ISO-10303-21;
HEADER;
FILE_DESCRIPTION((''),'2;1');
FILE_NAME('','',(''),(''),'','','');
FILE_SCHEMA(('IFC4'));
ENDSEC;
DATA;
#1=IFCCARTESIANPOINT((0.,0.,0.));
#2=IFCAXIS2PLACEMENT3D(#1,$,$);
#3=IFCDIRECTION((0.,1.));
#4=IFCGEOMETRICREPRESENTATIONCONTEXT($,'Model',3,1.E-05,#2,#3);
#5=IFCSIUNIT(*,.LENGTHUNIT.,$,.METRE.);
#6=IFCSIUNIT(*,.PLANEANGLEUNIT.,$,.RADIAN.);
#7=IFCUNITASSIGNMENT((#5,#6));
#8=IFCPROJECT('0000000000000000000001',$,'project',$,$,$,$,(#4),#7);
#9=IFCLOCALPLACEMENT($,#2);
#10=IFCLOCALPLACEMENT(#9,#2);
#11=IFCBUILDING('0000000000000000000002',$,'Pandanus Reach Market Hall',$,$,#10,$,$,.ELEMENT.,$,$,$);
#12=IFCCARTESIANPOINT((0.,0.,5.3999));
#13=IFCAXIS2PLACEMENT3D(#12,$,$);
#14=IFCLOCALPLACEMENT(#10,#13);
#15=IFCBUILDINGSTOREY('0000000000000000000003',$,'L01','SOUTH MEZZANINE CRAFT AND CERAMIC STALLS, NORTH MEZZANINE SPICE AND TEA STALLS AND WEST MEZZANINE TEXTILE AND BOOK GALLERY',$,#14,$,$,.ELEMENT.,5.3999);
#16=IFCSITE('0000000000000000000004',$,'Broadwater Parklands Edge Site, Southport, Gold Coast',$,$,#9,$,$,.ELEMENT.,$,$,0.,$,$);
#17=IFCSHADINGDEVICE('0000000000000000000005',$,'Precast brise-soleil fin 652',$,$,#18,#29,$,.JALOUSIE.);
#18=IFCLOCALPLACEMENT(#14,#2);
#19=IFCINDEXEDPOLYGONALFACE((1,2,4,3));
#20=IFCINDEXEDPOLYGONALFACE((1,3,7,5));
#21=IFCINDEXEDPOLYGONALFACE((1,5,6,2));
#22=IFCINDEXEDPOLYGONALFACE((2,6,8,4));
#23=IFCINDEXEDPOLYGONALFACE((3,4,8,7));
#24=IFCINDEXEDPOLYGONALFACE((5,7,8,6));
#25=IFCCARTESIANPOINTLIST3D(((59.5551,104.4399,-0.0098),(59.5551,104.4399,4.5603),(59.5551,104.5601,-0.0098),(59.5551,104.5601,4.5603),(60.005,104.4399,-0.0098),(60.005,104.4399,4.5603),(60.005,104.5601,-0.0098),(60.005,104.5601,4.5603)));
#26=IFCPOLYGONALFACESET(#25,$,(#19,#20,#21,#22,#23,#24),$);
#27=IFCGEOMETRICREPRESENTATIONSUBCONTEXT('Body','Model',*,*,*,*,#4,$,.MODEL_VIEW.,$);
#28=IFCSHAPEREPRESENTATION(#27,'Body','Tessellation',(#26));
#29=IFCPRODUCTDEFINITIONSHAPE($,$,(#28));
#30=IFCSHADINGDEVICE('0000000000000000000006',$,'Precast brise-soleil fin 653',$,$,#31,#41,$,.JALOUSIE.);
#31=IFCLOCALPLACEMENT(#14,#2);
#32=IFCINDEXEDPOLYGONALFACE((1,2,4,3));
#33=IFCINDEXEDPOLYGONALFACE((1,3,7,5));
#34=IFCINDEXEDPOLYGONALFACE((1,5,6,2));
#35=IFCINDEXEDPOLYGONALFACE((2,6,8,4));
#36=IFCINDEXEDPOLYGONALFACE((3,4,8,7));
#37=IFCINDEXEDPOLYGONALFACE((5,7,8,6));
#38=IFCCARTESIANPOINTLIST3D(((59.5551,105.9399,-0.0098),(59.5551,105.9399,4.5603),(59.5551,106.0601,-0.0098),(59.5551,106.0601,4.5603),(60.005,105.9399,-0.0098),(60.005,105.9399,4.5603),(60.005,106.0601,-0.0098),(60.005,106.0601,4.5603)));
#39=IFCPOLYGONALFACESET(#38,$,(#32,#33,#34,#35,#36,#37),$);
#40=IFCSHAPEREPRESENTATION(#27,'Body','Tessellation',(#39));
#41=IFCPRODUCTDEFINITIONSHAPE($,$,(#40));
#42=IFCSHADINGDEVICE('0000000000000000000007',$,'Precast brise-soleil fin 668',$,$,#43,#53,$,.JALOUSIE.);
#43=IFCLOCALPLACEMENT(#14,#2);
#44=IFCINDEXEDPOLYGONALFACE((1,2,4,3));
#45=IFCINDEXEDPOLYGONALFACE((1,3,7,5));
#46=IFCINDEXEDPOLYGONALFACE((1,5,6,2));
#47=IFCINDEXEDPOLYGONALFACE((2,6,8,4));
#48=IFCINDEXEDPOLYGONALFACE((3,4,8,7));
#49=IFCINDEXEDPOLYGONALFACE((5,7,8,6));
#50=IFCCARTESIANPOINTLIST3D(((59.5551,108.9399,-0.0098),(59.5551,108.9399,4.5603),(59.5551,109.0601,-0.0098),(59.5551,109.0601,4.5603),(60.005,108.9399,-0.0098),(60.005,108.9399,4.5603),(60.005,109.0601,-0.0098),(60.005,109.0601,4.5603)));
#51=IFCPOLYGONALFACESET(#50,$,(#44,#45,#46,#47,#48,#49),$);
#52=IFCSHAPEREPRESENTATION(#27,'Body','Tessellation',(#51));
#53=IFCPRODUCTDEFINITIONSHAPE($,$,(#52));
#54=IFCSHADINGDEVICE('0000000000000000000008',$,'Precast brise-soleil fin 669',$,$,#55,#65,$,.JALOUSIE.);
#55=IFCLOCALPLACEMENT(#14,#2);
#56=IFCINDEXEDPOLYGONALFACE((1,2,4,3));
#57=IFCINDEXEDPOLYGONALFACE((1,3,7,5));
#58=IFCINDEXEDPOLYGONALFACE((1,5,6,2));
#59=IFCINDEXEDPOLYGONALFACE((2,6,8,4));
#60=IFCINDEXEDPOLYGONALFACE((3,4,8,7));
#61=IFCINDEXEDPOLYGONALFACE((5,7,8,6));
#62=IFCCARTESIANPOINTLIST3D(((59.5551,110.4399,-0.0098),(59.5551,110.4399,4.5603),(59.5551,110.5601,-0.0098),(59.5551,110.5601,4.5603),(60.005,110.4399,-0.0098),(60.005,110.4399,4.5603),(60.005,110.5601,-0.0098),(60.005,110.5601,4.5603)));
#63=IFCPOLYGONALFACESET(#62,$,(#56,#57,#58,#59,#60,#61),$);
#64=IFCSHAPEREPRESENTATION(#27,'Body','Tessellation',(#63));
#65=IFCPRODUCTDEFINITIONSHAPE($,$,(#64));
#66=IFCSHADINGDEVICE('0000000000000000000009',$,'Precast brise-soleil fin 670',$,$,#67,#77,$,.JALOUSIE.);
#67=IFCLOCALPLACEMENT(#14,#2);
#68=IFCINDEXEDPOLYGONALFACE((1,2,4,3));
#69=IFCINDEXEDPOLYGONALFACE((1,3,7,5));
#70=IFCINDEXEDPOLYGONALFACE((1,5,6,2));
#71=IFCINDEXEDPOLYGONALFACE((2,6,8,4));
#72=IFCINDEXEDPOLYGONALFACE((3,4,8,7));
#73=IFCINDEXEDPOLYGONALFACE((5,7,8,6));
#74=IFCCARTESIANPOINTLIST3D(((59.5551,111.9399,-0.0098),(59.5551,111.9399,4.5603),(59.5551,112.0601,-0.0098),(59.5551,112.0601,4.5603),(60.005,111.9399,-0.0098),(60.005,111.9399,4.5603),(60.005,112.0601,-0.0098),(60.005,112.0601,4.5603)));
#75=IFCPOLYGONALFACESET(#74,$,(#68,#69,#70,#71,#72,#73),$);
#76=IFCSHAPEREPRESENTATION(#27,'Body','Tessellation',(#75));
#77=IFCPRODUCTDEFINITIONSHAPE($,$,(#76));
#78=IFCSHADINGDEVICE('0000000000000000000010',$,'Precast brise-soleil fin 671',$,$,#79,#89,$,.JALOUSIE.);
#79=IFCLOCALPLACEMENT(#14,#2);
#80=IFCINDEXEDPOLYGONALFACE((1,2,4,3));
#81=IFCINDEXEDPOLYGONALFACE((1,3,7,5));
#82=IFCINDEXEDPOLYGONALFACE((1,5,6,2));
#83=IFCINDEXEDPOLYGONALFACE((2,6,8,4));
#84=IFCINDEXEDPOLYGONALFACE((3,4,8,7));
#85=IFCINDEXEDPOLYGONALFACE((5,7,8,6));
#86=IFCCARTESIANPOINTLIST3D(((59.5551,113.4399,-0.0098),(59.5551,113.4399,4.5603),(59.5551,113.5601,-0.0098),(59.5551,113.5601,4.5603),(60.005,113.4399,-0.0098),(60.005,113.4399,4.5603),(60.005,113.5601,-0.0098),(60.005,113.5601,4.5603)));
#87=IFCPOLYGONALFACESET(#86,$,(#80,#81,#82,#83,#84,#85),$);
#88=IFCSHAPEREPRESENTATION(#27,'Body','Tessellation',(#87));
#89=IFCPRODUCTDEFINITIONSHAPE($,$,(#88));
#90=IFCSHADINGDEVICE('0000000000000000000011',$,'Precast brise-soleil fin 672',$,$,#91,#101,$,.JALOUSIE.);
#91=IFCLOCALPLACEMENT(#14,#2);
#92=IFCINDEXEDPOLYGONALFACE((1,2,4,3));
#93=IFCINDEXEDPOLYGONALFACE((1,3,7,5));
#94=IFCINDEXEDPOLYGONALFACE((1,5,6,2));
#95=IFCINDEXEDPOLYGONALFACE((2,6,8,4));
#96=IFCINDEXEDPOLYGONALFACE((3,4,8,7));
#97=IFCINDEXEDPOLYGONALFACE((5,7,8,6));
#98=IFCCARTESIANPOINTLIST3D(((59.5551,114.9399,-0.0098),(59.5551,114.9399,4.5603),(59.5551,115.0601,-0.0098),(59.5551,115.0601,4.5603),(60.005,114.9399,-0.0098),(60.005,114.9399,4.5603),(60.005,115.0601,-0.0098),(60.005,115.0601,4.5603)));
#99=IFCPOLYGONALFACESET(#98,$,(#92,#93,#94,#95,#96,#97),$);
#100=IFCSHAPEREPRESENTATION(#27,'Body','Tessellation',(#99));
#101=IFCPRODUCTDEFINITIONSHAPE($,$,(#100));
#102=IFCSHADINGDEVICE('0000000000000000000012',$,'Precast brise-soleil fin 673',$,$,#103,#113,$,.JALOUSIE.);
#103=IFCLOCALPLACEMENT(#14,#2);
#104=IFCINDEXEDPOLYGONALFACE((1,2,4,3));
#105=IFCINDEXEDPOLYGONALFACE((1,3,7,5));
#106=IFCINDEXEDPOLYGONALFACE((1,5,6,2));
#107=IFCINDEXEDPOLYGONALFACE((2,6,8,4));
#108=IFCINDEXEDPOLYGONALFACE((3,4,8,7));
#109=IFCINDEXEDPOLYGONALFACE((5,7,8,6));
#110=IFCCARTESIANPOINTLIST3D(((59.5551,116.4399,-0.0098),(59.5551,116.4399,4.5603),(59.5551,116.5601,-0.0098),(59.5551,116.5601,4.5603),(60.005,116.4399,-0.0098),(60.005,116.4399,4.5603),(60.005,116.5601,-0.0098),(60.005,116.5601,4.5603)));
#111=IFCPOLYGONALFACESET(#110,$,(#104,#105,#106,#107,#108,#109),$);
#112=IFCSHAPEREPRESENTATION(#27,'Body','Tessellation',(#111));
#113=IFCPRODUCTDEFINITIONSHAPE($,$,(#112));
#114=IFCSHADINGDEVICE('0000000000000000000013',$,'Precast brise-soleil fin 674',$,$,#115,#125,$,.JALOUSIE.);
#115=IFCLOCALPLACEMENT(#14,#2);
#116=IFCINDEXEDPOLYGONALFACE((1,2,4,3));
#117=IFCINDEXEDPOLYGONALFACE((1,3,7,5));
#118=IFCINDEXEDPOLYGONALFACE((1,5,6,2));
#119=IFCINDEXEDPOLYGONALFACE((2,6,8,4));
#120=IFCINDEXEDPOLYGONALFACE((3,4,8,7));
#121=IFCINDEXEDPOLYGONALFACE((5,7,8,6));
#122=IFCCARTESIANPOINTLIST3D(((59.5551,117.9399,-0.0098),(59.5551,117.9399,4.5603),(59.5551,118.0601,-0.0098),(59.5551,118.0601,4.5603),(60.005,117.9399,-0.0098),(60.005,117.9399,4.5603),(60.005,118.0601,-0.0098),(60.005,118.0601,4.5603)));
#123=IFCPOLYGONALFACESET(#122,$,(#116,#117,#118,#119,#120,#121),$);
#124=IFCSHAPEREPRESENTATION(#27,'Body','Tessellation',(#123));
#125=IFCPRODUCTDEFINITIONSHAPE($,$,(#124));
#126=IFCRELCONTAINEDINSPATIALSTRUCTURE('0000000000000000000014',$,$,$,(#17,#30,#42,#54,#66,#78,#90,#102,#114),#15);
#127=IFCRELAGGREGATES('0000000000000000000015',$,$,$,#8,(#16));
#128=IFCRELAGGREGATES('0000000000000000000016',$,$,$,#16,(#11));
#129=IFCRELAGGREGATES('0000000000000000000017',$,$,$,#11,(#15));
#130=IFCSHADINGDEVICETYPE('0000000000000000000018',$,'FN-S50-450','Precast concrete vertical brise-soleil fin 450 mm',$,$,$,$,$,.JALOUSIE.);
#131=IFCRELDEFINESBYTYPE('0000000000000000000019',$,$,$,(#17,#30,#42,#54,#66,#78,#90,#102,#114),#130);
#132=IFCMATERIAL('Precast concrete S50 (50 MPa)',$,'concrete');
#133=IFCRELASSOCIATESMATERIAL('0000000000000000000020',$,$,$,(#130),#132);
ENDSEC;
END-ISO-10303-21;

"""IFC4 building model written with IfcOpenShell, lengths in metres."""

from ifc_helpers import new_model, si_unit, direction, frame, origin, origin_2d, place, context, subcontext, project, spatial, rectangle, extrude, material, type_object, element, save


model = new_model("IFC4")

# Units and contexts
model_context = context("Model", 3, precision=1e-05, world=origin(), true_north=direction((0.0, 1.0)))
body_context = subcontext(model_context, "Body", "Model", "MODEL_VIEW")
ifc_project = project(units=[si_unit("LENGTHUNIT", "METRE"), si_unit("PLANEANGLEUNIT", "RADIAN")], contexts=[model_context])

# Site, building, storey
site_placement = place(None, origin())
site = spatial("IfcSite", under=ifc_project, at=site_placement, Name="Broadwater Parklands Edge Site, Southport, Gold Coast", CompositionType="ELEMENT", RefElevation=0.0)
building_placement = place(site_placement, origin())
building = spatial("IfcBuilding", under=site, at=building_placement, Name="Pandanus Reach Market Hall", CompositionType="ELEMENT")
storey_placement = place(building_placement, frame((0.0, 0.0, 5.3999)))
storey = spatial("IfcBuildingStorey", under=building, at=storey_placement, Name="L01", Description="SOUTH MEZZANINE CRAFT AND CERAMIC STALLS, NORTH MEZZANINE SPICE AND TEA STALLS AND WEST MEZZANINE TEXTILE AND BOOK GALLERY", CompositionType="ELEMENT", Elevation=5.3999)

# Shading devices
ifc_material_1 = material(Name="Precast concrete S50 (50 MPa)", Category="concrete")
shading_device_type = type_object("IfcShadingDeviceType", Name="FN-S50-450", Description="Precast concrete vertical brise-soleil fin 450 mm", PredefinedType="JALOUSIE", material=ifc_material_1)
for number, where, z_axis, x_axis, name in (
    (1, (59.78, 104.5, -0.0098), (0.0, 0.0, 1.0), (-1.0, 0.0, 0.0), "Precast brise-soleil fin 652"),
    (2, (59.78, 106.0, -0.0098), (0.0, 0.0, 1.0), (-1.0, 0.0, 0.0), "Precast brise-soleil fin 653"),
    (3, (59.78, 109.0, -0.0098), (0.0, 0.0, 1.0), (-1.0, 0.0, 0.0), "Precast brise-soleil fin 668"),
    (4, (59.78, 110.5, -0.0098), (0.0, 0.0, 1.0), (-1.0, 0.0, 0.0), "Precast brise-soleil fin 669"),
    (5, (59.78, 112.0, -0.0098), (0.0, 0.0, 1.0), (-1.0, 0.0, 0.0), "Precast brise-soleil fin 670"),
    (6, (59.78, 113.5, -0.0098), (0.0, 0.0, 1.0), (-1.0, 0.0, 0.0), "Precast brise-soleil fin 671"),
    (7, (59.78, 115.0, -0.0098), (0.0, 0.0, 1.0), (-1.0, 0.0, 0.0), "Precast brise-soleil fin 672"),
    (8, (59.78, 116.5, -0.0098), (0.0, 0.0, 1.0), (-1.0, 0.0, 0.0), "Precast brise-soleil fin 673"),
    (9, (59.78, 118.0, -0.0098), (0.0, 0.0, 1.0), (-1.0, 0.0, 0.0), "Precast brise-soleil fin 674"),
):
    element("IfcShadingDevice", number, at=place(storey_placement, frame(where, z_axis=z_axis, x_axis=x_axis)), inside=storey, type_object=shading_device_type, Name=name, PredefinedType="JALOUSIE", context=body_context, shape_type="SweptSolid", body=[
        extrude(rectangle(XDim=0.45, YDim=0.1201, at=origin_2d()), origin(), (0.0, 0.0, 1.0), 4.5701),
    ])

save(model, "model.ifc")
